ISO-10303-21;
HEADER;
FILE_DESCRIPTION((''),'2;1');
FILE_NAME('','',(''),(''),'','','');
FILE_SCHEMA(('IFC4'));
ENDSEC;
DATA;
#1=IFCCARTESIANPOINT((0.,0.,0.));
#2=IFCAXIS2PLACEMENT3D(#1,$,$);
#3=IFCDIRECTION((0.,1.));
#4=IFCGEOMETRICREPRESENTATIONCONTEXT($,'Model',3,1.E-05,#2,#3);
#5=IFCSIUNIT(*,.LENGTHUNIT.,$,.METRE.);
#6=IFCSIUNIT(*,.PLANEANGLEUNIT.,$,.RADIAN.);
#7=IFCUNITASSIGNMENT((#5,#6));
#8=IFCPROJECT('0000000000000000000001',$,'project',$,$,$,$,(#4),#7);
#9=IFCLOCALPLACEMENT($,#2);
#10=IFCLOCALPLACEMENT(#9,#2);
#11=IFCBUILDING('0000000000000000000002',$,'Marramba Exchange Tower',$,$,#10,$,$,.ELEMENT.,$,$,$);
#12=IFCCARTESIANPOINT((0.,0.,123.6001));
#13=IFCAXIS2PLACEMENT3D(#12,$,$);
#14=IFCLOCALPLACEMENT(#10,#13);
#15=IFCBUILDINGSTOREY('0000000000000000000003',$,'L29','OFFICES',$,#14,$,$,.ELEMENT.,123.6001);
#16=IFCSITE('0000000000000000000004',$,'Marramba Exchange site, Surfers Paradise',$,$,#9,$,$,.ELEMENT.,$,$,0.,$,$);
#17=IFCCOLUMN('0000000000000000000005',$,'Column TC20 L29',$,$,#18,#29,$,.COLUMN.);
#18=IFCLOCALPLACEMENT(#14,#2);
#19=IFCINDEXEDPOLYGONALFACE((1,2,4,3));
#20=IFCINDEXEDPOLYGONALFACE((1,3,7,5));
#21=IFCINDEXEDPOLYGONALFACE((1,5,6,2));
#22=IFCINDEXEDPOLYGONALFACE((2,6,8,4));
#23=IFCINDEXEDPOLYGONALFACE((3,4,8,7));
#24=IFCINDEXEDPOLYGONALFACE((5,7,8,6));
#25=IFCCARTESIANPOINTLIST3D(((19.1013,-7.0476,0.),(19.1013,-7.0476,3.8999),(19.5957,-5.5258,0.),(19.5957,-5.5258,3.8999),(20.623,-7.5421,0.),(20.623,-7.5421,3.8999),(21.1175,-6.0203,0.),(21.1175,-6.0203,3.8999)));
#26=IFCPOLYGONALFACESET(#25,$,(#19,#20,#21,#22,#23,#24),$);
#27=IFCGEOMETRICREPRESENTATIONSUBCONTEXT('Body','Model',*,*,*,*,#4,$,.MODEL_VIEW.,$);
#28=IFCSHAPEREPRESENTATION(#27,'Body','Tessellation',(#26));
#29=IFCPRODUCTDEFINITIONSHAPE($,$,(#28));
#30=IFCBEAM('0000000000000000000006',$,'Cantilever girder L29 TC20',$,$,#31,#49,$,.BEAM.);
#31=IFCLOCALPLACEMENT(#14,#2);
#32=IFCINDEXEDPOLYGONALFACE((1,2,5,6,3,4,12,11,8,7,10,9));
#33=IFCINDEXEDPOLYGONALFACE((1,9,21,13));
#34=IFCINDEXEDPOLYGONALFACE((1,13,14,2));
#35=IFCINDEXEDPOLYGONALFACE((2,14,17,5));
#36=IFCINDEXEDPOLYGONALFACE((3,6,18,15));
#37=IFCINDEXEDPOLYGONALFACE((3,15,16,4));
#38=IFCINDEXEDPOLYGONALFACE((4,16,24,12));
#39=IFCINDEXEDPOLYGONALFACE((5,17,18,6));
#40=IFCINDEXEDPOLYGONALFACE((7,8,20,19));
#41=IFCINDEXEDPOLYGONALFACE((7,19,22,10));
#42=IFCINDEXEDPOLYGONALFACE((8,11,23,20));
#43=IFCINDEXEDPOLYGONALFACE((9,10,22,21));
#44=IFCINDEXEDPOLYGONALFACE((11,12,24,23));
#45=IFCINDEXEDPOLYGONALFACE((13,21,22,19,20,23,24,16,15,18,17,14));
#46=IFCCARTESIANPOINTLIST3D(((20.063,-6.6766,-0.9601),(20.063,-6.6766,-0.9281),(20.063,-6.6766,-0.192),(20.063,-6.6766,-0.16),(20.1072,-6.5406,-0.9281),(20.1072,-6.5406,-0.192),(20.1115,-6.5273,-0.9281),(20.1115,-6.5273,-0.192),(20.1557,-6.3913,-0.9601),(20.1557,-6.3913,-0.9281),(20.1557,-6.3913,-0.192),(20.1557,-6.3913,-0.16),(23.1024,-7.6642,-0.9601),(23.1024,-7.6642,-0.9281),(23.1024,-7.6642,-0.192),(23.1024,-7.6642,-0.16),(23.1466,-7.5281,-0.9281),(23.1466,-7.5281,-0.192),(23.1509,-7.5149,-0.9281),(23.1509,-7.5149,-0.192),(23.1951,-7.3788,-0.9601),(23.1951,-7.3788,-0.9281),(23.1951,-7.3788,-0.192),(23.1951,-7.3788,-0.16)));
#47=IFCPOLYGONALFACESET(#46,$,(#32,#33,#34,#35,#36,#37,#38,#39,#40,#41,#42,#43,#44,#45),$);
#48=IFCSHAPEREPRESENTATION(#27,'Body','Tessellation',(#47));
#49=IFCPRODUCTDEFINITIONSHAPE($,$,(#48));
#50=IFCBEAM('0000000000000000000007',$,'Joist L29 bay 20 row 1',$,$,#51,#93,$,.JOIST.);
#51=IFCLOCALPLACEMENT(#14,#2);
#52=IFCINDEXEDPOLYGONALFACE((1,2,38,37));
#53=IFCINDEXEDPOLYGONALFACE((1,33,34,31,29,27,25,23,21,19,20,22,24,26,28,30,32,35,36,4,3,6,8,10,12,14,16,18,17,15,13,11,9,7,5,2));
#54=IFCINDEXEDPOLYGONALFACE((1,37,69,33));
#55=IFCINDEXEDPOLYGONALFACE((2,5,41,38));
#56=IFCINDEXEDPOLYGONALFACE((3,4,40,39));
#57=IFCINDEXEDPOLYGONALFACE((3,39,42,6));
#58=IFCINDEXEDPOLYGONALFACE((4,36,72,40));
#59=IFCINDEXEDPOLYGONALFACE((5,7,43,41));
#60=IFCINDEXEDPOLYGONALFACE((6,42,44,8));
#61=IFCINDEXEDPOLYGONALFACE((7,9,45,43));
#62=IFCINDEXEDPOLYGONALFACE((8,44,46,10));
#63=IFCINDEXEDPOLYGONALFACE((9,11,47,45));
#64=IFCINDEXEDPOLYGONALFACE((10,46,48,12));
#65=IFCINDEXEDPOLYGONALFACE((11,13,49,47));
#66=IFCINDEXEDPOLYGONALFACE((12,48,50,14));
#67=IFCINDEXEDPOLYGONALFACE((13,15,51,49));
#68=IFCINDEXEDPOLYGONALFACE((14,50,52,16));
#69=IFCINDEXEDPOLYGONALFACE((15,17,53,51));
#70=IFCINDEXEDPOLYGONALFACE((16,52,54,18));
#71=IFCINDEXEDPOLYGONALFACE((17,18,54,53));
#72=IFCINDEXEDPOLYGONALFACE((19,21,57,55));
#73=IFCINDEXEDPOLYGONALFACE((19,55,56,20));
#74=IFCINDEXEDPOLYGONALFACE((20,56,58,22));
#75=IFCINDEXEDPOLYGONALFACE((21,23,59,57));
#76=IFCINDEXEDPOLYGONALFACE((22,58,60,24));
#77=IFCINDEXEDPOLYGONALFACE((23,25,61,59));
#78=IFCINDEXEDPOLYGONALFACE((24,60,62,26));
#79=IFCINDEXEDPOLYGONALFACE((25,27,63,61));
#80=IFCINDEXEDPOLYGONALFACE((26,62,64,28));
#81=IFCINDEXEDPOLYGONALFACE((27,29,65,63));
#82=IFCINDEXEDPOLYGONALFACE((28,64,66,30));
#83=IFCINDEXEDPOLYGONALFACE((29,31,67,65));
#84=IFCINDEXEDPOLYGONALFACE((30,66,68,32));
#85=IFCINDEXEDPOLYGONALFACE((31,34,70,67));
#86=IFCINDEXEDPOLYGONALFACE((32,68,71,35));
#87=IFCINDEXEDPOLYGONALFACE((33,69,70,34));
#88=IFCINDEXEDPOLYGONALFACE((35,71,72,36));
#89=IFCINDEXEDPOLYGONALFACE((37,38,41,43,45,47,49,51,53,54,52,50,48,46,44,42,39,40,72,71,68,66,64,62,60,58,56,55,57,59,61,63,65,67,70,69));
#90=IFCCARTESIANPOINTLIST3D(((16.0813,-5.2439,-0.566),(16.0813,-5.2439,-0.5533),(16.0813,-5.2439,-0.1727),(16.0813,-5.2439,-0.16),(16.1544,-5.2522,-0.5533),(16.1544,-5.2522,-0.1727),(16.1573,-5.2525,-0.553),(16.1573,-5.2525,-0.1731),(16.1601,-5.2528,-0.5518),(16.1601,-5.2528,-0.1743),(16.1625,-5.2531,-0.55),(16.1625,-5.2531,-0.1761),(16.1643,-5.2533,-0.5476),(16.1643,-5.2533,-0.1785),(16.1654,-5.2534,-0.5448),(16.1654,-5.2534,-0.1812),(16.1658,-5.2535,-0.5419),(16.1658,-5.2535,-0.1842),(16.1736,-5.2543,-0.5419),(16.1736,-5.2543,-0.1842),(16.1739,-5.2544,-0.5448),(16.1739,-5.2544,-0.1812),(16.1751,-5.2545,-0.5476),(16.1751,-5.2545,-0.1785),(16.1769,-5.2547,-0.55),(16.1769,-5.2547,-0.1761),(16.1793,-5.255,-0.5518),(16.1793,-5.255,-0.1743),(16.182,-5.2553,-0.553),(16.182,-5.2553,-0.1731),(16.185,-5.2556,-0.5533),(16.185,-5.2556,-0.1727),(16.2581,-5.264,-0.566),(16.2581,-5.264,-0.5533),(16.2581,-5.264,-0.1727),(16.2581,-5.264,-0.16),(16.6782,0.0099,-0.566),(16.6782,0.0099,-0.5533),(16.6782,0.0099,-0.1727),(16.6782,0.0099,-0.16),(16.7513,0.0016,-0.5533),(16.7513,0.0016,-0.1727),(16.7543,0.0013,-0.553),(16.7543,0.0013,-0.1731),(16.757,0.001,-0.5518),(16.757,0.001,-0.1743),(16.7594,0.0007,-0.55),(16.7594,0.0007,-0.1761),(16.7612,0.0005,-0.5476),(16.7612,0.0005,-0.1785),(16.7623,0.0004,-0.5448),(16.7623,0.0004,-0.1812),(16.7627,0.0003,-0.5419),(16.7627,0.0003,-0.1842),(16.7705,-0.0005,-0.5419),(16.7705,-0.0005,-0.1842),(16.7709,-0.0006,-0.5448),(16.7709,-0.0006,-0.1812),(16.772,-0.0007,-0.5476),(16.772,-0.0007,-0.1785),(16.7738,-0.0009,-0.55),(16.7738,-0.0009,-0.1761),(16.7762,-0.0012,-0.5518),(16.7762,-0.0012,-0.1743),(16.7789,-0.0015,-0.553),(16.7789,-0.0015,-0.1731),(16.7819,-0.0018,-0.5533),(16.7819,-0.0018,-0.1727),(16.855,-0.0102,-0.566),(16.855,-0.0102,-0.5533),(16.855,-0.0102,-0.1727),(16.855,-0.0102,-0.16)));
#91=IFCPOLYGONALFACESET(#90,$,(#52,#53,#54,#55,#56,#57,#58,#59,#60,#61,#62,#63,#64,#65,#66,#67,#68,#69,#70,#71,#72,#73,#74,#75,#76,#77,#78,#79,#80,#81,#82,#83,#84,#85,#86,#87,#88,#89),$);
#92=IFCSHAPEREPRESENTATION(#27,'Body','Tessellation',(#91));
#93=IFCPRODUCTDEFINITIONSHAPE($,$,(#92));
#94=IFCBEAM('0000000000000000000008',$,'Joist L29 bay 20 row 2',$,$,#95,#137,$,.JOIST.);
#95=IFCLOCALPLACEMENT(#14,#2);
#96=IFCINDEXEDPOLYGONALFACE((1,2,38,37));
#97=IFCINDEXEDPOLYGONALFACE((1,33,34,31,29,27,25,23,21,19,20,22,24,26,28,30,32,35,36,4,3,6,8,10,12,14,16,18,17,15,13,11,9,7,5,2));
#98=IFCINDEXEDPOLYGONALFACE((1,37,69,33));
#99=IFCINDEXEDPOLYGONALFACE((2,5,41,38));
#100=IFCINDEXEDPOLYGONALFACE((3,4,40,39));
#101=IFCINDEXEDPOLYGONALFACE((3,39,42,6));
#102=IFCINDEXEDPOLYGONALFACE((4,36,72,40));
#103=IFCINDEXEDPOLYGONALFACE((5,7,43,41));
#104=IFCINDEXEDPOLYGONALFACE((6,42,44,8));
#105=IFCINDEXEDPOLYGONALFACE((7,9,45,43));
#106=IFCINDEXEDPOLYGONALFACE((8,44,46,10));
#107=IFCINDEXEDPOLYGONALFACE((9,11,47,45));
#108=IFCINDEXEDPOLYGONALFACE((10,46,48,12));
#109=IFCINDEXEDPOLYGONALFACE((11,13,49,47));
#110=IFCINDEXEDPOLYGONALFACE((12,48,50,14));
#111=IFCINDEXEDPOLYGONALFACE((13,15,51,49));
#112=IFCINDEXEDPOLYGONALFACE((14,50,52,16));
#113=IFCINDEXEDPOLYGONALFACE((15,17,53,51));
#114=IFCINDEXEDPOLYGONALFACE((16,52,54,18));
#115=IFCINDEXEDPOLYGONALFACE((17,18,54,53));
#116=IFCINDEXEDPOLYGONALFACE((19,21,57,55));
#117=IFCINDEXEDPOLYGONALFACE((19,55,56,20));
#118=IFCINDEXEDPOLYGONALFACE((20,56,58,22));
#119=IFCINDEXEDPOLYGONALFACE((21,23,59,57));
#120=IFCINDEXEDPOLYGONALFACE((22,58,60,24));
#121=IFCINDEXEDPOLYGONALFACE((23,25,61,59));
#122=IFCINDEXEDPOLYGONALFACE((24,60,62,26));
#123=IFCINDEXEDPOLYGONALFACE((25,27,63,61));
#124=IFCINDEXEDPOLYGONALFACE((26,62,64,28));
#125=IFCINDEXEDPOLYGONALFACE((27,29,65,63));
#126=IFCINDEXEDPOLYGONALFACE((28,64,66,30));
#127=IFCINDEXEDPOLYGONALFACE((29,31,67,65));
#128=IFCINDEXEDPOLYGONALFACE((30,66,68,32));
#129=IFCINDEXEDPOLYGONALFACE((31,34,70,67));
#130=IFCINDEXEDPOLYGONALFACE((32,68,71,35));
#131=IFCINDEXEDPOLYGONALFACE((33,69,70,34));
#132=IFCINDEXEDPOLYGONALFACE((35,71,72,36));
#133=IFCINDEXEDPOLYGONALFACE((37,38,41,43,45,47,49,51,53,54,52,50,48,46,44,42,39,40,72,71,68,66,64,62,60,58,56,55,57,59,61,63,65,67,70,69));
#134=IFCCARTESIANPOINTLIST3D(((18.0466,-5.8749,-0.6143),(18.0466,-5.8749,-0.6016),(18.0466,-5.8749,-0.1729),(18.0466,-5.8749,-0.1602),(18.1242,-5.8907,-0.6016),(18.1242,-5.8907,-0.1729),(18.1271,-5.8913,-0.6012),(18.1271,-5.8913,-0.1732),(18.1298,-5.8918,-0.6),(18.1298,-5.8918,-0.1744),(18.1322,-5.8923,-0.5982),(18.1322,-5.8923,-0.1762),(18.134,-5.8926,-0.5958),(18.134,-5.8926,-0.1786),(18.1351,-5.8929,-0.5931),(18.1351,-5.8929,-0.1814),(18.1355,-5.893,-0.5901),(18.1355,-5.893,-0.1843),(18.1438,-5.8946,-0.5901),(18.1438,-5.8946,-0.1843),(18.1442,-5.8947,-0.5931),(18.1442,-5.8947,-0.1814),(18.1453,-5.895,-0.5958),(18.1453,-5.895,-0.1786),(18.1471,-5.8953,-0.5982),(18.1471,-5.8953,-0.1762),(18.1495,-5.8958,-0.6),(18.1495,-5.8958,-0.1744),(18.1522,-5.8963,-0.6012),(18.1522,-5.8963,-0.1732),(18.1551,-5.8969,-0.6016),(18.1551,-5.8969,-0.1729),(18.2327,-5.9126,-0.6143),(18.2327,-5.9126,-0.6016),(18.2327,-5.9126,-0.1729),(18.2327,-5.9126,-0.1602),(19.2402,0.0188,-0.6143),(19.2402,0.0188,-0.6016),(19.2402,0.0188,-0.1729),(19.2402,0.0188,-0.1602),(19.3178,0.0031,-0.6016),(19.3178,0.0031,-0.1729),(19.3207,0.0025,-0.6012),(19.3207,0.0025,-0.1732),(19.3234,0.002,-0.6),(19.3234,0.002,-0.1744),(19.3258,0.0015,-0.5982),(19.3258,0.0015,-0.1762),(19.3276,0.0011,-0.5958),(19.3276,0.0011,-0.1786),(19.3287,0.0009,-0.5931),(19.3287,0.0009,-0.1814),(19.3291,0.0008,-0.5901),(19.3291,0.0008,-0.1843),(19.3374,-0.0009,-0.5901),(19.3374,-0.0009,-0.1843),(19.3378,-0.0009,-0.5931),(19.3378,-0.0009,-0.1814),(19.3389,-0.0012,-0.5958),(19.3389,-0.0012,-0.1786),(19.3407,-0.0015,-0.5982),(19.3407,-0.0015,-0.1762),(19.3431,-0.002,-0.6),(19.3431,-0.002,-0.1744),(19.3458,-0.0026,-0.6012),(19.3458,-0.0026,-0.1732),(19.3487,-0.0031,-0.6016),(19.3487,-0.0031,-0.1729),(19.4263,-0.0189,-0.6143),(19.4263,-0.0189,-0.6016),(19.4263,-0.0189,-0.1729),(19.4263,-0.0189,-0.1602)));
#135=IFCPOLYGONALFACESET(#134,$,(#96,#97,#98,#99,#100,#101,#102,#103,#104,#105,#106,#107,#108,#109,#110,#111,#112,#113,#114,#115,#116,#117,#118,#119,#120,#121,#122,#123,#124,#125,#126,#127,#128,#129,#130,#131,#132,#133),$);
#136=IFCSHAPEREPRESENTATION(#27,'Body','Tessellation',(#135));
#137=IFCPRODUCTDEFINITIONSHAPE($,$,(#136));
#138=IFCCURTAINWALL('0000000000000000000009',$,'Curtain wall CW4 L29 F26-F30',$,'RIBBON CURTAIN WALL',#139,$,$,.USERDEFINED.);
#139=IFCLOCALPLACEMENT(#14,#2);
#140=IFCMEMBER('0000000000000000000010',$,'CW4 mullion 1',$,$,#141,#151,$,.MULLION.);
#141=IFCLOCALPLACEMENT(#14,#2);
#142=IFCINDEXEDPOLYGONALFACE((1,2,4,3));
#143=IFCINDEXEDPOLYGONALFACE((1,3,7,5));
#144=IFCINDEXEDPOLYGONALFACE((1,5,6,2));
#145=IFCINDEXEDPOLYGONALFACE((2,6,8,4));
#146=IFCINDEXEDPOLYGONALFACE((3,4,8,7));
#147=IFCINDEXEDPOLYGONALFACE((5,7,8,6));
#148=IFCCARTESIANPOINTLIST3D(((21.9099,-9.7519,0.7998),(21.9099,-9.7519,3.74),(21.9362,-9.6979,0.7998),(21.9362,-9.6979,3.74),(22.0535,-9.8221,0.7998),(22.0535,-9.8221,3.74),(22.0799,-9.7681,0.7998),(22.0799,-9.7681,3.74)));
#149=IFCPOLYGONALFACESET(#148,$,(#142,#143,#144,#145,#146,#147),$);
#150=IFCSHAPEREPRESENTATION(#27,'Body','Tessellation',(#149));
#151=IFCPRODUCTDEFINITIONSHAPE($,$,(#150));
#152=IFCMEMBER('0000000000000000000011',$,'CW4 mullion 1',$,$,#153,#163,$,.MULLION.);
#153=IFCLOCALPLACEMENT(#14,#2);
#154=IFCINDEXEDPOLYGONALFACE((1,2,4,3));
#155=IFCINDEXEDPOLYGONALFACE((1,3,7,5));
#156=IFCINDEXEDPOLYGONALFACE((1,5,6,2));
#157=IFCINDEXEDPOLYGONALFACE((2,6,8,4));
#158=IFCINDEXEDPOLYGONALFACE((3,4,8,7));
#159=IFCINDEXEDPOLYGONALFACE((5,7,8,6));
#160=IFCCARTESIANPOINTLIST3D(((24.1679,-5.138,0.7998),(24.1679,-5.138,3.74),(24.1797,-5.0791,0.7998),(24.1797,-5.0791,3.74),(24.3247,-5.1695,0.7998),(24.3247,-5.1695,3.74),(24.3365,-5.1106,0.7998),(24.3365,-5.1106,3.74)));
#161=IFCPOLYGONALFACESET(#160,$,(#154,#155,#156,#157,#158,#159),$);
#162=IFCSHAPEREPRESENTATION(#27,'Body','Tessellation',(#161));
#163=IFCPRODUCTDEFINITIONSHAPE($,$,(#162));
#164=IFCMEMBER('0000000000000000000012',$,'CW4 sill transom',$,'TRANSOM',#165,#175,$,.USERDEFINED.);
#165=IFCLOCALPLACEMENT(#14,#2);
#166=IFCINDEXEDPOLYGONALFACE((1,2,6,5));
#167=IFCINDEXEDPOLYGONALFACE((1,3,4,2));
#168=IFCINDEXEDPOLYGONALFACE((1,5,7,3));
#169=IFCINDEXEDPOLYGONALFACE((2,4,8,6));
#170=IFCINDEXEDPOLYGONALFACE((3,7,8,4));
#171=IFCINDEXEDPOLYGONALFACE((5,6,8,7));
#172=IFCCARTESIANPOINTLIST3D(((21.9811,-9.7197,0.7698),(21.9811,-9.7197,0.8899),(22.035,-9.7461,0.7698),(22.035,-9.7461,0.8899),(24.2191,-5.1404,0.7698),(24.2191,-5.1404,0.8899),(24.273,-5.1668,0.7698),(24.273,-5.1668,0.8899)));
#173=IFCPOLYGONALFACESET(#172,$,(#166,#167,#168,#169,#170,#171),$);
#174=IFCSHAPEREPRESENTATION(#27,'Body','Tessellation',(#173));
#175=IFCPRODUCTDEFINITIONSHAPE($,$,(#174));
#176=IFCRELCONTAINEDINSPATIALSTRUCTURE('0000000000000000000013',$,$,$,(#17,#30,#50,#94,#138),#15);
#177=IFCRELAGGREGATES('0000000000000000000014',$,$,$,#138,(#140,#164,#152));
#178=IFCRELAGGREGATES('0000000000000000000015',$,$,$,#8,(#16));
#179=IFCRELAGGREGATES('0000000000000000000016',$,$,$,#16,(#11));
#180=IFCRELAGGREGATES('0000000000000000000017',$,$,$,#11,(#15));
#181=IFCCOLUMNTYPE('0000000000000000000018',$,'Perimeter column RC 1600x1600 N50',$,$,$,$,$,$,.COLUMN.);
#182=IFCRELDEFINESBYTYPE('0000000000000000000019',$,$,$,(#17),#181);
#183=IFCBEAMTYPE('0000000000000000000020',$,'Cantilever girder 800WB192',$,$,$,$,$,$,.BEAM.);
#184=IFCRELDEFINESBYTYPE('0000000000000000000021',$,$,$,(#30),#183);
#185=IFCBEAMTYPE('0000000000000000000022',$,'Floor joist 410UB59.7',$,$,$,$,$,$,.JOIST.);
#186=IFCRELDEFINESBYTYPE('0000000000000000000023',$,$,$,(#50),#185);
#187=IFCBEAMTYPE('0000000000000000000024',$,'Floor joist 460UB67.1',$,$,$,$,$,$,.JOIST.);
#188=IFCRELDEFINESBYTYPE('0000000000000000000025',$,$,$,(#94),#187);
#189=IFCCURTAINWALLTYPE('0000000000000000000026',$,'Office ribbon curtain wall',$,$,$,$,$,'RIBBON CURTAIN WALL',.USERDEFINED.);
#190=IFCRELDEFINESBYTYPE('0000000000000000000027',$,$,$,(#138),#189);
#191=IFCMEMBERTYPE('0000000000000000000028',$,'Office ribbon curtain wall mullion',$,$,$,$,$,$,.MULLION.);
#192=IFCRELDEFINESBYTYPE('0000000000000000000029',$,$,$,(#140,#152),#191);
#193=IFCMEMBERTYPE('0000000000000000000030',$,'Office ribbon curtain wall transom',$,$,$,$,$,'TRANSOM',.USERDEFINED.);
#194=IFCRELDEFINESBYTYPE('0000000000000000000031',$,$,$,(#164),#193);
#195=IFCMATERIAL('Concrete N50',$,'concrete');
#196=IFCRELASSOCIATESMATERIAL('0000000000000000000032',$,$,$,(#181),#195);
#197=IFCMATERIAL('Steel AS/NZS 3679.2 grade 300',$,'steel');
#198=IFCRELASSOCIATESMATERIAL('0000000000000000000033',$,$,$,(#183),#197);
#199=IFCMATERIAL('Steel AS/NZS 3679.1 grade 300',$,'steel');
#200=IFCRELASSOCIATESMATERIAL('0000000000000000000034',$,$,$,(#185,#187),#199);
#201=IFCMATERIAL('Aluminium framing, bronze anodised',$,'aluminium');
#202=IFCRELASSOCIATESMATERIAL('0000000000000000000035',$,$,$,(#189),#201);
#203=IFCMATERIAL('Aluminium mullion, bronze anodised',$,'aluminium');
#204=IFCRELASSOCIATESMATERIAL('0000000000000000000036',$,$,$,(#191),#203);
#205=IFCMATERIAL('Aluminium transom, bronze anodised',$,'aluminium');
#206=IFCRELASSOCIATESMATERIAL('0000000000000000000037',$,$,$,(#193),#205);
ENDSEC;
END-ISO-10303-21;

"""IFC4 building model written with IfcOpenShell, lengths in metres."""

from ifc_helpers import new_model, si_unit, direction, frame, origin, origin_2d, place, context, subcontext, project, spatial, rectangle, i_section, extrude, material, material_profile, profile_set, type_object, element, aggregate, save


model = new_model("IFC4")

# Units and contexts
model_context = context("Model", 3, precision=1e-05, world=origin(), true_north=direction((0.0, 1.0)))
body_context = subcontext(model_context, "Body", "Model", "MODEL_VIEW")
ifc_project = project(units=[si_unit("LENGTHUNIT", "METRE"), si_unit("PLANEANGLEUNIT", "RADIAN")], contexts=[model_context])

# Site, building, storey
site_placement = place(None, origin())
site = spatial("IfcSite", under=ifc_project, at=site_placement, Name="Marramba Exchange site, Surfers Paradise", CompositionType="ELEMENT", RefElevation=0.0)
building_placement = place(site_placement, origin())
building = spatial("IfcBuilding", under=site, at=building_placement, Name="Marramba Exchange Tower", CompositionType="ELEMENT")
storey_placement = place(building_placement, frame((0.0, 0.0, 123.6001)))
storey = spatial("IfcBuildingStorey", under=building, at=storey_placement, Name="L29", Description="OFFICES", CompositionType="ELEMENT", Elevation=123.6001)

# Column
ifc_material_1 = material(Name="Concrete N50", Category="concrete")
ifc_material_profile_1 = material_profile(ifc_material_1, rectangle(XDim=1.6001, YDim=1.6001, at=origin_2d()), Name="RC 1600x1600")
ifc_profile_set_1 = profile_set([ifc_material_profile_1], Name="Concrete N50")
column_type = type_object("IfcColumnType", Name="Perimeter column RC 1600x1600 N50", PredefinedType="COLUMN", material=ifc_profile_set_1)
column_placement = place(storey_placement, frame((20.1094, -6.5339, 0.0), z_axis=(0.0, 0.0, 1.0), x_axis=(0.951057, -0.309017, 0.0)))
element("IfcColumn", 1, at=column_placement, inside=storey, type_object=column_type, Name="Column TC20 L29", PredefinedType="COLUMN", context=body_context, shape_type="SweptSolid", body=[
    extrude(rectangle(XDim=1.6001, YDim=1.6001, at=origin_2d()), origin(), (0.0, 0.0, 1.0), 3.8999),
])

# Beams
ifc_material_2 = material(Name="Steel AS/NZS 3679.2 grade 300", Category="steel")
ifc_material_profile_2 = material_profile(ifc_material_2, i_section(OverallWidth=0.3, OverallDepth=0.8, WebThickness=0.0139, FlangeThickness=0.032, at=origin_2d()), Name="800WB192")
ifc_profile_set_2 = profile_set([ifc_material_profile_2], Name="Steel AS/NZS 3679.2 grade 300")
beam_type_1 = type_object("IfcBeamType", Name="Cantilever girder 800WB192", PredefinedType="BEAM", material=ifc_profile_set_2)
beam_1_placement = place(storey_placement, frame((20.1094, -6.5339, -0.5601), z_axis=(0.951055, -0.309022, 0.0), x_axis=(0.309022, 0.951055, 0.0)))
element("IfcBeam", 2, at=beam_1_placement, inside=storey, type_object=beam_type_1, Name="Cantilever girder L29 TC20", PredefinedType="BEAM", context=body_context, shape_type="SweptSolid", body=[
    extrude(i_section(OverallWidth=0.3, OverallDepth=0.8, WebThickness=0.0139, FlangeThickness=0.032, at=origin_2d()), origin(), (0.0, 0.0, 1.0), 3.1958),
])
ifc_material_3 = material(Name="Steel AS/NZS 3679.1 grade 300", Category="steel")
ifc_material_profile_3 = material_profile(ifc_material_3, i_section(OverallWidth=0.178, OverallDepth=0.406, WebThickness=0.0078, FlangeThickness=0.0127, FilletRadius=0.0115, at=origin_2d()), Name="410UB59.7")
ifc_profile_set_3 = profile_set([ifc_material_profile_3], Name="Steel AS/NZS 3679.1 grade 300")
beam_type_2 = type_object("IfcBeamType", Name="Floor joist 410UB59.7", PredefinedType="JOIST", material=ifc_profile_set_3)
beam_2_placement = place(storey_placement, frame((16.1697, -5.2539, -0.363), z_axis=(0.112889, 0.993608, 0.0), x_axis=(-0.993608, 0.112889, 0.0)))
element("IfcBeam", 3, at=beam_2_placement, inside=storey, type_object=beam_type_2, Name="Joist L29 bay 20 row 1", PredefinedType="JOIST", context=body_context, shape_type="SweptSolid", body=[
    extrude(i_section(OverallWidth=0.178, OverallDepth=0.406, WebThickness=0.0078, FlangeThickness=0.0127, FilletRadius=0.0115, at=origin_2d()), origin(), (0.0, 0.0, 1.0), 5.2876),
])
ifc_material_profile_4 = material_profile(ifc_material_3, i_section(OverallWidth=0.1899, OverallDepth=0.4541, WebThickness=0.0085, FlangeThickness=0.0127, FilletRadius=0.0115, at=origin_2d()), Name="460UB67.1")
ifc_profile_set_4 = profile_set([ifc_material_profile_4], Name="Steel AS/NZS 3679.1 grade 300")
beam_type_3 = type_object("IfcBeamType", Name="Floor joist 460UB67.1", PredefinedType="JOIST", material=ifc_profile_set_4)
beam_3_placement = place(storey_placement, frame((18.1396, -5.8938, -0.3872), z_axis=(0.198489, 0.980103, 0.0), x_axis=(-0.980103, 0.198489, 0.0)))
element("IfcBeam", 4, at=beam_3_placement, inside=storey, type_object=beam_type_3, Name="Joist L29 bay 20 row 2", PredefinedType="JOIST", context=body_context, shape_type="SweptSolid", body=[
    extrude(i_section(OverallWidth=0.1899, OverallDepth=0.4541, WebThickness=0.0085, FlangeThickness=0.0127, FilletRadius=0.0115, at=origin_2d()), origin(), (0.0, 0.0, 1.0), 6.0134),
])

# Curtain wall, members
ifc_material_4 = material(Name="Aluminium framing, bronze anodised", Category="aluminium")
curtain_wall_type = type_object("IfcCurtainWallType", Name="Office ribbon curtain wall", ElementType="RIBBON CURTAIN WALL", PredefinedType="USERDEFINED", material=ifc_material_4)
curtain_wall_placement = place(storey_placement, origin())
curtain_wall = element("IfcCurtainWall", 5, at=curtain_wall_placement, inside=storey, type_object=curtain_wall_type, Name="Curtain wall CW4 L29 F26-F30", ObjectType="RIBBON CURTAIN WALL", PredefinedType="USERDEFINED")
ifc_material_5 = material(Name="Aluminium mullion, bronze anodised", Category="aluminium")
ifc_material_profile_5 = material_profile(ifc_material_5, rectangle(XDim=0.1599, YDim=0.0601, at=origin_2d()), Name="CW4 mullion 60x160")
ifc_profile_set_5 = profile_set([ifc_material_profile_5], Name="Aluminium mullion, bronze anodised")
member_type_1 = type_object("IfcMemberType", Name="Office ribbon curtain wall mullion", PredefinedType="MULLION", material=ifc_profile_set_5)
member_1_placement = place(storey_placement, frame((21.9949, -9.76, 0.7998), z_axis=(0.0, 0.0, 1.0), x_axis=(-0.898445, 0.439086, 0.0)))
member_1 = element("IfcMember", 6, at=member_1_placement, type_object=member_type_1, Name="CW4 mullion 1", PredefinedType="MULLION", context=body_context, shape_type="SweptSolid", body=[
    extrude(rectangle(XDim=0.1599, YDim=0.0601, at=origin_2d()), origin(), (0.0, 0.0, 1.0), 2.9402),
])
member_2_placement = place(storey_placement, frame((24.2522, -5.1243, 0.7998), z_axis=(0.0, 0.0, 1.0), x_axis=(-0.980394, 0.197049, 0.0)))
member_2 = element("IfcMember", 7, at=member_2_placement, type_object=member_type_1, Name="CW4 mullion 1", PredefinedType="MULLION", context=body_context, shape_type="SweptSolid", body=[
    extrude(rectangle(XDim=0.1599, YDim=0.0601, at=origin_2d()), origin(), (0.0, 0.0, 1.0), 2.9402),
])
ifc_material_6 = material(Name="Aluminium transom, bronze anodised", Category="aluminium")
ifc_material_profile_6 = material_profile(ifc_material_6, rectangle(XDim=0.0601, YDim=0.1201, at=origin_2d()), Name="CW4 transom 60x120")
ifc_profile_set_6 = profile_set([ifc_material_profile_6], Name="Aluminium transom, bronze anodised")
member_type_2 = type_object("IfcMemberType", Name="Office ribbon curtain wall transom", ElementType="TRANSOM", PredefinedType="USERDEFINED", material=ifc_profile_set_6)
member_3_placement = place(storey_placement, frame((22.0081, -9.7329, 0.8298), z_axis=(0.439091, 0.898443, 0.0), x_axis=(-0.898443, 0.439091, 0.0)))
member_3 = element("IfcMember", 8, at=member_3_placement, type_object=member_type_2, Name="CW4 sill transom", ObjectType="TRANSOM", PredefinedType="USERDEFINED", context=body_context, shape_type="SweptSolid", body=[
    extrude(rectangle(XDim=0.0601, YDim=0.1201, at=origin_2d()), origin(), (0.0, 0.0, 1.0), 5.0969),
])

aggregate(curtain_wall, [member_1, member_3, member_2])

save(model, "model.ifc")
